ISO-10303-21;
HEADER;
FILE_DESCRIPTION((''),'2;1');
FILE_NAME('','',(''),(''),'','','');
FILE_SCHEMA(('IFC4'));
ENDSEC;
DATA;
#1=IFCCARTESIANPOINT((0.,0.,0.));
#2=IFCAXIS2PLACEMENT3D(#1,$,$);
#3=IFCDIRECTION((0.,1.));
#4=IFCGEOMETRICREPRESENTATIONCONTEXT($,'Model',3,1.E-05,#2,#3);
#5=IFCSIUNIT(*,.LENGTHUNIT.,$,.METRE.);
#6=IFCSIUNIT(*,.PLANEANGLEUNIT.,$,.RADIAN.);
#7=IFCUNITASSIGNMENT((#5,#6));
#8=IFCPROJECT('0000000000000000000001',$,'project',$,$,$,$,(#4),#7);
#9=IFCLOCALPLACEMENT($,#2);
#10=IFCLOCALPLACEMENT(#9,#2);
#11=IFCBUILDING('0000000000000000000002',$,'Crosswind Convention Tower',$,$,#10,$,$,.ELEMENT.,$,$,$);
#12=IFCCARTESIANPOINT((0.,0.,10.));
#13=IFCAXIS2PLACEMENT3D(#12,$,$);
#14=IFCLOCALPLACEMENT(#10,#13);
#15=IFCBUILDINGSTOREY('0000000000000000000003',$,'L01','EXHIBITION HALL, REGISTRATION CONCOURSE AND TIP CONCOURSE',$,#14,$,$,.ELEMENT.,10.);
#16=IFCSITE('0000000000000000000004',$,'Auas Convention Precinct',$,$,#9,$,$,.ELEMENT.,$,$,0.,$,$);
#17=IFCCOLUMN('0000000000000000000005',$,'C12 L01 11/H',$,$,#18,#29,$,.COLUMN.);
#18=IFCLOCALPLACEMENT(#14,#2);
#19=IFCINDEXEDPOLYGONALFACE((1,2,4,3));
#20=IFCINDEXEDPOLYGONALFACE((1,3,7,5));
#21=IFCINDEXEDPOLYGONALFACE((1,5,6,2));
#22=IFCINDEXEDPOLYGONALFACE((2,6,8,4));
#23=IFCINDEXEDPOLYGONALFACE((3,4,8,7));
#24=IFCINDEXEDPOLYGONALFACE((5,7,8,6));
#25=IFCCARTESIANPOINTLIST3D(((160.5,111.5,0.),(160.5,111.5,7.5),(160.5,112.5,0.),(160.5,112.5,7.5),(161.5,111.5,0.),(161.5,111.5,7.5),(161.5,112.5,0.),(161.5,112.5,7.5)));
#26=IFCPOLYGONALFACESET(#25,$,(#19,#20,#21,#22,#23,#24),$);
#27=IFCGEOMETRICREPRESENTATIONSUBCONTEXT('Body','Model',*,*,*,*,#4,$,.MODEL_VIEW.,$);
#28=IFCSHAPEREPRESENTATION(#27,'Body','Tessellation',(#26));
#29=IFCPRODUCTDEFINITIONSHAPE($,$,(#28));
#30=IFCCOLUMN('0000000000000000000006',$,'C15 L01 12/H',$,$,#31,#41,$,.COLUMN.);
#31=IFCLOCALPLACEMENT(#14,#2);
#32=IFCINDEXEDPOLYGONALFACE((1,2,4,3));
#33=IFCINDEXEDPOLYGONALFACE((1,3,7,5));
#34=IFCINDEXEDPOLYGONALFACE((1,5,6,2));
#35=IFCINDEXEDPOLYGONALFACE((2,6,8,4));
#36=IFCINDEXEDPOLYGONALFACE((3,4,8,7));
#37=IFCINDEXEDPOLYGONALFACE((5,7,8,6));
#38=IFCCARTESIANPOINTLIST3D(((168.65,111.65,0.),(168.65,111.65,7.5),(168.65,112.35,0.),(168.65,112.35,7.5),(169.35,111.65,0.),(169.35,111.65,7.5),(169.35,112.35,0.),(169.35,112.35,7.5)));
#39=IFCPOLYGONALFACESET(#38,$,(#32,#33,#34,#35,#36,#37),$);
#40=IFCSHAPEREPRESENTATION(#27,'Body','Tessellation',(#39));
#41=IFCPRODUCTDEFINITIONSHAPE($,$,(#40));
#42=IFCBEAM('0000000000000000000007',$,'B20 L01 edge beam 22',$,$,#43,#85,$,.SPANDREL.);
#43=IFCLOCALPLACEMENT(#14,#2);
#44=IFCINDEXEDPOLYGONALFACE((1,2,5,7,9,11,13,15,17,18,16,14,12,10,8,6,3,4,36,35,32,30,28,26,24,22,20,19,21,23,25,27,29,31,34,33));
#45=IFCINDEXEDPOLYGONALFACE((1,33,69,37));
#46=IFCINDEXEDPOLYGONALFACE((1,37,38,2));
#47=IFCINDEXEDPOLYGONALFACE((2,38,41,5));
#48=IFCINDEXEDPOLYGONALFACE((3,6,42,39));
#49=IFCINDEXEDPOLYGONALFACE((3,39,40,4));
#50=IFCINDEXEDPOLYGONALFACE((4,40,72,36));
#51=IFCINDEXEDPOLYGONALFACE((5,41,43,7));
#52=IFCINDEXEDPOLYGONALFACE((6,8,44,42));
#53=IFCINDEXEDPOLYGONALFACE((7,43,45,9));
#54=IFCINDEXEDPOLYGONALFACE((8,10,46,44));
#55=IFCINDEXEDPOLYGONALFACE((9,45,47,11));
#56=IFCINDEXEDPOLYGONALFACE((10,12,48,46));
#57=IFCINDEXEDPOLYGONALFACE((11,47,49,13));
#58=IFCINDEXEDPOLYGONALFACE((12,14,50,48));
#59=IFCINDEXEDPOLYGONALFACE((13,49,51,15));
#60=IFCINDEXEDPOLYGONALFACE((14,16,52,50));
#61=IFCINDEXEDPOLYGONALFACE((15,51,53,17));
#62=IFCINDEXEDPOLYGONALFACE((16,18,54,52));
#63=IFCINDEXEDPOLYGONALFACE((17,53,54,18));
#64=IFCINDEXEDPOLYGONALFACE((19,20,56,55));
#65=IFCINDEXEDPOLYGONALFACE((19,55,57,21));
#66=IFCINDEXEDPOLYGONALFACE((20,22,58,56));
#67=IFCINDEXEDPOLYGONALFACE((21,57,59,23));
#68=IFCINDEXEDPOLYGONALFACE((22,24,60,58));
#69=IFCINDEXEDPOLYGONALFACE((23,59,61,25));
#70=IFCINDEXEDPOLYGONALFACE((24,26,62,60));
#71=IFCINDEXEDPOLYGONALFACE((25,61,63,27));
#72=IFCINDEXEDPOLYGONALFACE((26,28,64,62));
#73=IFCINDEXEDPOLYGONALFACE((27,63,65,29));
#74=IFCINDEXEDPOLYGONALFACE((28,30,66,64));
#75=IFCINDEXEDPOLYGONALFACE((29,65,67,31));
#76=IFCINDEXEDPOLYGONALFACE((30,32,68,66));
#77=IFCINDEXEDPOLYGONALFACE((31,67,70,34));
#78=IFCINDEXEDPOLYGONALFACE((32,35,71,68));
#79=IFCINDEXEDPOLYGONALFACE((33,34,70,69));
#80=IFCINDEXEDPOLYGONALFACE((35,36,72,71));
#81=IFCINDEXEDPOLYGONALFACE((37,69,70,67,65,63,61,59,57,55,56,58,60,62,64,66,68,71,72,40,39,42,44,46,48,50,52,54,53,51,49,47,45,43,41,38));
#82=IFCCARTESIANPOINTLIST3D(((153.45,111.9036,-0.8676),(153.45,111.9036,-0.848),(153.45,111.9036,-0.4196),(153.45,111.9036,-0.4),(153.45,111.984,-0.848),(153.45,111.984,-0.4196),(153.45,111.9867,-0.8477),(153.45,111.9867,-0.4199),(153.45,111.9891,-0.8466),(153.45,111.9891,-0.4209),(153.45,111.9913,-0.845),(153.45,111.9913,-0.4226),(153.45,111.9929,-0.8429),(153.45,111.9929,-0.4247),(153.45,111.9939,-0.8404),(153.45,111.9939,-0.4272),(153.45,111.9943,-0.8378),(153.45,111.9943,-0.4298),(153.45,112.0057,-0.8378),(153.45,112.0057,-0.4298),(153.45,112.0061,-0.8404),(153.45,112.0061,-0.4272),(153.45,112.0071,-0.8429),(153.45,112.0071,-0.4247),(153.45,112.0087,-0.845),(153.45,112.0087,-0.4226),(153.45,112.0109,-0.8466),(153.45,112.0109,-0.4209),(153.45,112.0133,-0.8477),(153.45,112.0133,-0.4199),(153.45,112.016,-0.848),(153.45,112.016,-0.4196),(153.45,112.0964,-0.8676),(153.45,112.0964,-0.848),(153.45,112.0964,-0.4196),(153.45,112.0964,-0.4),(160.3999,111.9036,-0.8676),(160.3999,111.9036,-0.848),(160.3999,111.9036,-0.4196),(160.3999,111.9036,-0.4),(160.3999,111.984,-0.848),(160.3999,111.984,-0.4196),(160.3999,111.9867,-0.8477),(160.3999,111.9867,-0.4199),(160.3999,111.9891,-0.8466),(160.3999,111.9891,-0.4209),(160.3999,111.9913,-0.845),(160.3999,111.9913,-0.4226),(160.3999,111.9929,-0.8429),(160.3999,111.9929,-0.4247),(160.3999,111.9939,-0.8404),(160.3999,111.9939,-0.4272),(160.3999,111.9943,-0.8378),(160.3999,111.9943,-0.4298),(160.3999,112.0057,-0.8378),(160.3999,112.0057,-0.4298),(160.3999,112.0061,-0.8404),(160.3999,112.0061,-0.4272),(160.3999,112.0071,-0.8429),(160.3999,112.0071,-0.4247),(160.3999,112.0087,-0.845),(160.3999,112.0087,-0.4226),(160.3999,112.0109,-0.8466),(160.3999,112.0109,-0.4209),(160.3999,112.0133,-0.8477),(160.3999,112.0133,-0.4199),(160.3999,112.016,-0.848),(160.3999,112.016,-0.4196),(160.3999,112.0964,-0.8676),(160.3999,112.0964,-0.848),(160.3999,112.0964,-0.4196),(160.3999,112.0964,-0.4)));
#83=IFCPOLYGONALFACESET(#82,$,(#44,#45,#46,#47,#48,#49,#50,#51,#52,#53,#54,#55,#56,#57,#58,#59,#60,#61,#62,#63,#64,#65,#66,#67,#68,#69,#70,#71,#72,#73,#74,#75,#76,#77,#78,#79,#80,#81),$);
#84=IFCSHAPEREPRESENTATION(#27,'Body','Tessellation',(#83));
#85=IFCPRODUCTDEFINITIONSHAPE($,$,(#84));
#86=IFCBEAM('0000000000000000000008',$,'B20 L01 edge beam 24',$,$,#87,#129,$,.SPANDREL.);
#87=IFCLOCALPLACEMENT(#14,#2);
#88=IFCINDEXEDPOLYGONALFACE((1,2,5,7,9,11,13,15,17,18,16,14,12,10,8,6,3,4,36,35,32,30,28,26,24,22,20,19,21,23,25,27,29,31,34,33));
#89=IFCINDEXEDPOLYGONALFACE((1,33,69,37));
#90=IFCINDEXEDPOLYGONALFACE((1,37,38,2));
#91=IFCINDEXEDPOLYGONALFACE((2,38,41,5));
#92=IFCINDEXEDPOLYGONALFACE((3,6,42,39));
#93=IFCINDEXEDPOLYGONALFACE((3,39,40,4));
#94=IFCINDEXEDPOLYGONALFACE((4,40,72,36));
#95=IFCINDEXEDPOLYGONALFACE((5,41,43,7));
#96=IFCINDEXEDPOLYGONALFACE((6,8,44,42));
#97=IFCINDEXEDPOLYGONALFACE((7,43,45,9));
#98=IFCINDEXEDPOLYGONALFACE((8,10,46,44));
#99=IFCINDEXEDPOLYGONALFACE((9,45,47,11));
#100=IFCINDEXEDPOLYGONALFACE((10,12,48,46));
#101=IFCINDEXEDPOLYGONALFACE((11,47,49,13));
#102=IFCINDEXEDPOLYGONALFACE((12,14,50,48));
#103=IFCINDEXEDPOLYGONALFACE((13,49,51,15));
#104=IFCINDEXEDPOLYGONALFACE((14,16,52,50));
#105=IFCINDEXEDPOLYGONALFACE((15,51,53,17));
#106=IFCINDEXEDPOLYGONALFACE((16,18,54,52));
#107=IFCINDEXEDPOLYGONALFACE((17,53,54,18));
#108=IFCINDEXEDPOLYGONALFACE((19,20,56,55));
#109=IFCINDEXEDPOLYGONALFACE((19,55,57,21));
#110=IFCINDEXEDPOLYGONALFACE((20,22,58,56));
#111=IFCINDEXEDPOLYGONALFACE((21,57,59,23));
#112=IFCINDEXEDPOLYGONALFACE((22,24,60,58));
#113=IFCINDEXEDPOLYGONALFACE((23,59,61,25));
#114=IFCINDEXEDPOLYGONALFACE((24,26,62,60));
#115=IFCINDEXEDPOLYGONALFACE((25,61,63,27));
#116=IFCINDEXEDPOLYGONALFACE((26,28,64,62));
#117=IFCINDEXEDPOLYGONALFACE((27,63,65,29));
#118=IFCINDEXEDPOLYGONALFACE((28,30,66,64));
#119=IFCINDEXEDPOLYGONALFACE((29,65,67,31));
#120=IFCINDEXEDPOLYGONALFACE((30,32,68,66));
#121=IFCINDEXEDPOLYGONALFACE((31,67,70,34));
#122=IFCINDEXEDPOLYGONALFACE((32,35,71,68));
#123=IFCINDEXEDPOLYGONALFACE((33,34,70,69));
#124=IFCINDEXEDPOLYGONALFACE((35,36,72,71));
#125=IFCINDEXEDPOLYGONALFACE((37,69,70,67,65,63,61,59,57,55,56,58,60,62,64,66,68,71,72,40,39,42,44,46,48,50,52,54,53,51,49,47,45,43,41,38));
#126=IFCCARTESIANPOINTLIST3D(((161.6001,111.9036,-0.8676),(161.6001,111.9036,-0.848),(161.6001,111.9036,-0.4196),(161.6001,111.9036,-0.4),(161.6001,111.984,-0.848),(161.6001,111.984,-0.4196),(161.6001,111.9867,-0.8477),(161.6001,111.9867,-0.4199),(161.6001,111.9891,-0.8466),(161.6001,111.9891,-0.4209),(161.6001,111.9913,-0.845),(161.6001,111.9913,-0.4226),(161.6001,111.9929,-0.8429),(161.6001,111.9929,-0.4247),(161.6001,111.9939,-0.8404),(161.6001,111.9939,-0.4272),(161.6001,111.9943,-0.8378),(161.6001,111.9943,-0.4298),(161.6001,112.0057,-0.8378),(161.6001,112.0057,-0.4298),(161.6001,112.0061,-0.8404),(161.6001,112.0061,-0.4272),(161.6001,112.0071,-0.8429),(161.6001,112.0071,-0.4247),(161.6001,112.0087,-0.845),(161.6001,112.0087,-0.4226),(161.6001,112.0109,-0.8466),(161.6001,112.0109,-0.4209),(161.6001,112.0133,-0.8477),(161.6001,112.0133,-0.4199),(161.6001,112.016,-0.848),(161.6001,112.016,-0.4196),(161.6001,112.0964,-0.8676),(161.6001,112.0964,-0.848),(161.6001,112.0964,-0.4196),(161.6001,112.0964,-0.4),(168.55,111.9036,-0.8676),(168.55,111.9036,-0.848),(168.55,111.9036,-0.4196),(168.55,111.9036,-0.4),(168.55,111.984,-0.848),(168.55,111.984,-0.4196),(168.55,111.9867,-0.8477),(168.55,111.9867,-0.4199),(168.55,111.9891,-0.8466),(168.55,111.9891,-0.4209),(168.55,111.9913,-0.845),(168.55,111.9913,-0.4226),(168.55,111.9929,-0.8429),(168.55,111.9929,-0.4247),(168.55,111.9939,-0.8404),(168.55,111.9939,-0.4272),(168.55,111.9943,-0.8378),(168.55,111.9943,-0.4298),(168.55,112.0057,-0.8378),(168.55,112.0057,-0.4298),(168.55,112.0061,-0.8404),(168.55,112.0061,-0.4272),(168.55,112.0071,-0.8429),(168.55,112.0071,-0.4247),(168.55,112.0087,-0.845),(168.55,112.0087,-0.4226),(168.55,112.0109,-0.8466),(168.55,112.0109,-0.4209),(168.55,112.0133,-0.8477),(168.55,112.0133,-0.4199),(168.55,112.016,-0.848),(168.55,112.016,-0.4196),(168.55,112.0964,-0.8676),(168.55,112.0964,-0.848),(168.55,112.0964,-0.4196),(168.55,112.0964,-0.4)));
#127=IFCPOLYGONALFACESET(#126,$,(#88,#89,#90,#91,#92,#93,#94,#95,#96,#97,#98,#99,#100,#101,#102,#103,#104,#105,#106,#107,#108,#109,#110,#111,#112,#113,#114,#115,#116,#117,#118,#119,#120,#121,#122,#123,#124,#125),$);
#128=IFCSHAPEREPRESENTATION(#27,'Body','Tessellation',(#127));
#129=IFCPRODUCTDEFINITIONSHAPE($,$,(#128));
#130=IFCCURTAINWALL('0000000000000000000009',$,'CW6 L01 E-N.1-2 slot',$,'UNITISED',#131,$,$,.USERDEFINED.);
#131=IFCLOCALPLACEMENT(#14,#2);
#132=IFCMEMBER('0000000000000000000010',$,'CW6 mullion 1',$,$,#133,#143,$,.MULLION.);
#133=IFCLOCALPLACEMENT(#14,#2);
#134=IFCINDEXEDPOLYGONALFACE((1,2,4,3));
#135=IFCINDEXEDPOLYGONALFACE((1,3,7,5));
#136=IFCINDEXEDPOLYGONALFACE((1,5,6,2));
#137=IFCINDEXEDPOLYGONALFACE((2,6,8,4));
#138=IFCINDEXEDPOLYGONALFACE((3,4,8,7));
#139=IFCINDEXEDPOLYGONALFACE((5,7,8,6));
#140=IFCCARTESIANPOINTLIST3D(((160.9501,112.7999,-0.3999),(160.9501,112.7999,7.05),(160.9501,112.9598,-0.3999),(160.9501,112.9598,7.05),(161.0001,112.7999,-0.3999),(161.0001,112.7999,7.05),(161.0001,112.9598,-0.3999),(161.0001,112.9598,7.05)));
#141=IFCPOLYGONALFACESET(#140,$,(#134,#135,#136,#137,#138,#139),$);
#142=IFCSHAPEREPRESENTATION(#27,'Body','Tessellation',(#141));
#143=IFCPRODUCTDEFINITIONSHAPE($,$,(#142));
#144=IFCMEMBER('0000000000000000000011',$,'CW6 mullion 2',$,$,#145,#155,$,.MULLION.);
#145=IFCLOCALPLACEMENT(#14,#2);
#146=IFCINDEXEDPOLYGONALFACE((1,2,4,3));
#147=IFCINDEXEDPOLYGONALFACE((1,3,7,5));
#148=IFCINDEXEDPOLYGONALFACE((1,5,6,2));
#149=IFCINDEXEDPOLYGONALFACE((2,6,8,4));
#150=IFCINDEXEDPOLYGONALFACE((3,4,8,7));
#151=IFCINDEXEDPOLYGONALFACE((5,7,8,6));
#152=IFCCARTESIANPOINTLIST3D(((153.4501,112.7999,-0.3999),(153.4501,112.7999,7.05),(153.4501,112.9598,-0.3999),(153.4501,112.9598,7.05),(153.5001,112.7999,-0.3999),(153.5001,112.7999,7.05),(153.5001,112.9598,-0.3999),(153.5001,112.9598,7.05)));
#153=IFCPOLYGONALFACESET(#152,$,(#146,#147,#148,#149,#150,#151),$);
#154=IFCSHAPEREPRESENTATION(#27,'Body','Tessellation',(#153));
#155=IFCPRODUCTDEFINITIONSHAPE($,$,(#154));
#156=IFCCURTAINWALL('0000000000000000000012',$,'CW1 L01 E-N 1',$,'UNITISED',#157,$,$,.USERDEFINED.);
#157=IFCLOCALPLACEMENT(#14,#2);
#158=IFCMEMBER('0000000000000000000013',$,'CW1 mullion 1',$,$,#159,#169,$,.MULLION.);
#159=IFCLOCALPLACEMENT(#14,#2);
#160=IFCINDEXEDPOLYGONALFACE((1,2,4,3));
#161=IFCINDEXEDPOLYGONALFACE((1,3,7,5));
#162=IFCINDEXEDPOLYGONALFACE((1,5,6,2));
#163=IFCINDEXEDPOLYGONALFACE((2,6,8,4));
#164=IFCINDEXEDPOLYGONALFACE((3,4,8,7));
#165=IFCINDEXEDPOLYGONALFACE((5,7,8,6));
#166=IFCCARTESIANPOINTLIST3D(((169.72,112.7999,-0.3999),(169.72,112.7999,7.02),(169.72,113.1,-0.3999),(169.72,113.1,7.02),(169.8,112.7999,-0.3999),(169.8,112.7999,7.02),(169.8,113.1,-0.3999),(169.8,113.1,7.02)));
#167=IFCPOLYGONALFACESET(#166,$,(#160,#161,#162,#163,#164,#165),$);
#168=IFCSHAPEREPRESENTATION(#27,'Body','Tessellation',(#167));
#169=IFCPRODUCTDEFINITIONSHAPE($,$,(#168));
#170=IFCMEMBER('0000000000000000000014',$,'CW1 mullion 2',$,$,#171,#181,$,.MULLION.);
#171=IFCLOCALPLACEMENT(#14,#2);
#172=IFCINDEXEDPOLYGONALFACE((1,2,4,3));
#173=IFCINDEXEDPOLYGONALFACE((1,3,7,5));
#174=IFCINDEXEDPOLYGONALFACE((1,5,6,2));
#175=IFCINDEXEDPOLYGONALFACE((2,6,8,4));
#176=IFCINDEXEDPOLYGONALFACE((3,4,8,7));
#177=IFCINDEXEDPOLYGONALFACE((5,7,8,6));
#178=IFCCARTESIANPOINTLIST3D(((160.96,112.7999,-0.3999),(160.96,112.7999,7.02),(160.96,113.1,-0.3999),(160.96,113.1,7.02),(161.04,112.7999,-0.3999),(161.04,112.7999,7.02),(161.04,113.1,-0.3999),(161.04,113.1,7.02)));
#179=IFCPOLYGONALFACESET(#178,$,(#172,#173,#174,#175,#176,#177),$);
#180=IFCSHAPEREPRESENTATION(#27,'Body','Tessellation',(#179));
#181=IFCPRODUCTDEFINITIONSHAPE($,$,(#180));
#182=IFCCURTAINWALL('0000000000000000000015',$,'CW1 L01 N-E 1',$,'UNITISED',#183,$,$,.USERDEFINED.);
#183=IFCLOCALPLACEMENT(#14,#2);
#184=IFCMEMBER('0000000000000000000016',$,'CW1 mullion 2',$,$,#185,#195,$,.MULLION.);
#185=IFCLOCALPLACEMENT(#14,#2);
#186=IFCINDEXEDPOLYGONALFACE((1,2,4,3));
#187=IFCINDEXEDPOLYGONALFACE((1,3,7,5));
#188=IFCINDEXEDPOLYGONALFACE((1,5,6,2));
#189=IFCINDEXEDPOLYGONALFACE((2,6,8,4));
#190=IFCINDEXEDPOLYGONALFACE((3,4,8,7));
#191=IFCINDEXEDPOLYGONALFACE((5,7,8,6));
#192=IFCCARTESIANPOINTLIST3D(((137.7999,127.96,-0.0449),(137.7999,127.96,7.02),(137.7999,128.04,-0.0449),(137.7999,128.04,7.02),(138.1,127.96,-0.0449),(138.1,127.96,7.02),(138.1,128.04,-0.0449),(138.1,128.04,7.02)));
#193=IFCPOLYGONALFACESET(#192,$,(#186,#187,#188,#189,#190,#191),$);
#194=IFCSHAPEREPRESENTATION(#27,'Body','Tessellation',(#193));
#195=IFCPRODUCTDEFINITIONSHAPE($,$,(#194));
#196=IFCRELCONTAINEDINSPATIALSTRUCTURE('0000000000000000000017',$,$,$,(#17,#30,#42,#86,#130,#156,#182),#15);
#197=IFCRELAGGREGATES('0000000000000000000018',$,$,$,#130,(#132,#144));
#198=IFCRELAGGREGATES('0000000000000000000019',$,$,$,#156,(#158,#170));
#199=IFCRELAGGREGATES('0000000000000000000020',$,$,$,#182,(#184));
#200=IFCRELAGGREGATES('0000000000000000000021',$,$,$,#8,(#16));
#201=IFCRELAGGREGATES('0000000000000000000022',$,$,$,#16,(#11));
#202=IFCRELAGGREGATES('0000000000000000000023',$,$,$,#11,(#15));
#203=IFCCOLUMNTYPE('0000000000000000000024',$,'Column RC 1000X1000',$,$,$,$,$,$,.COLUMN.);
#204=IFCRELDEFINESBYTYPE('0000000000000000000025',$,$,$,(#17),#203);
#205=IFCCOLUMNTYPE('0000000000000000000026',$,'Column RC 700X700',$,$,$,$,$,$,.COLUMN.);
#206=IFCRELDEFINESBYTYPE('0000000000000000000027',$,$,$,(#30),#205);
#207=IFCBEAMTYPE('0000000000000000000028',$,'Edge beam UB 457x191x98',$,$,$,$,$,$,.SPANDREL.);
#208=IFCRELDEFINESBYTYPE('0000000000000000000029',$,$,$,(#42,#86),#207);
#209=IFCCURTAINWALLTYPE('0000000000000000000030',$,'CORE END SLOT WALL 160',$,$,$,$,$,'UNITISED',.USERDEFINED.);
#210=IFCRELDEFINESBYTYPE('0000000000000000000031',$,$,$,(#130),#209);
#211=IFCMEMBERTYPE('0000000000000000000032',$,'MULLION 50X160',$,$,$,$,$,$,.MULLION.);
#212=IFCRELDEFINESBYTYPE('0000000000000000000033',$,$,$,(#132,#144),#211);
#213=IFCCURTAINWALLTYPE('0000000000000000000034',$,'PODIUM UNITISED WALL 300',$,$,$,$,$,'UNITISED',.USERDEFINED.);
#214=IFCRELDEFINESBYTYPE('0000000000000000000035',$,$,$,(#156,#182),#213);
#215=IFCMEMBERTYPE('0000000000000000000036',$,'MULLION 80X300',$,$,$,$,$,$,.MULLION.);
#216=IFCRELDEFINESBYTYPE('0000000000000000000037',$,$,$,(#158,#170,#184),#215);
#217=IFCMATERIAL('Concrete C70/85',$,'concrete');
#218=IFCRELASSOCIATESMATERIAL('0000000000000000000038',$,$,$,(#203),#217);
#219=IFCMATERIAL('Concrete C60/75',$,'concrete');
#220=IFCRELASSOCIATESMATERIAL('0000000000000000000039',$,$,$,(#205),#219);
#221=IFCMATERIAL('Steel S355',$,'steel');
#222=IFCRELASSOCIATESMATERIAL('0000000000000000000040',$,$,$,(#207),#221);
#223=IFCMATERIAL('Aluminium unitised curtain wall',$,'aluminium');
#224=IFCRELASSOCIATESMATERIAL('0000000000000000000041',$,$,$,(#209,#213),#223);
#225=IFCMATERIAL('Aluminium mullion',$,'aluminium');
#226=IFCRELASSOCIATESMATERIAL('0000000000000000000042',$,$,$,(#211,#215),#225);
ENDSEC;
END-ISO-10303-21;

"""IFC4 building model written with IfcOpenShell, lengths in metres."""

from ifc_helpers import new_model, si_unit, direction, frame, origin, origin_2d, place, context, subcontext, project, spatial, rectangle, i_section, extrude, material, material_profile, profile_set, type_object, element, aggregate, save


model = new_model("IFC4")

# Units and contexts
model_context = context("Model", 3, precision=1e-05, world=origin(), true_north=direction((0.0, 1.0)))
body_context = subcontext(model_context, "Body", "Model", "MODEL_VIEW")
ifc_project = project(units=[si_unit("LENGTHUNIT", "METRE"), si_unit("PLANEANGLEUNIT", "RADIAN")], contexts=[model_context])

# Site, building, storey
site_placement = place(None, origin())
site = spatial("IfcSite", under=ifc_project, at=site_placement, Name="Auas Convention Precinct", CompositionType="ELEMENT", RefElevation=0.0)
building_placement = place(site_placement, origin())
building = spatial("IfcBuilding", under=site, at=building_placement, Name="Crosswind Convention Tower", CompositionType="ELEMENT")
storey_placement = place(building_placement, frame((0.0, 0.0, 10.0)))
storey = spatial("IfcBuildingStorey", under=building, at=storey_placement, Name="L01", Description="EXHIBITION HALL, REGISTRATION CONCOURSE AND TIP CONCOURSE", CompositionType="ELEMENT", Elevation=10.0)

# Columns
ifc_material_1 = material(Name="Concrete C70/85", Category="concrete")
ifc_material_profile_1 = material_profile(ifc_material_1, rectangle(XDim=1.0, YDim=1.0, at=origin_2d()), Name="RC 1000X1000")
ifc_profile_set_1 = profile_set([ifc_material_profile_1], Name="Concrete C70/85")
column_type_1 = type_object("IfcColumnType", Name="Column RC 1000X1000", PredefinedType="COLUMN", material=ifc_profile_set_1)
column_1_placement = place(storey_placement, frame((161.0, 112.0, 0.0), z_axis=(0.0, 0.0, 1.0), x_axis=(1.0, 0.0, 0.0)))
element("IfcColumn", 1, at=column_1_placement, inside=storey, type_object=column_type_1, Name="C12 L01 11/H", PredefinedType="COLUMN", context=body_context, shape_type="SweptSolid", body=[
    extrude(rectangle(XDim=1.0, YDim=1.0, at=origin_2d()), origin(), (0.0, 0.0, 1.0), 7.5),
])
ifc_material_2 = material(Name="Concrete C60/75", Category="concrete")
ifc_material_profile_2 = material_profile(ifc_material_2, rectangle(XDim=0.7, YDim=0.7, at=origin_2d()), Name="RC 700X700")
ifc_profile_set_2 = profile_set([ifc_material_profile_2], Name="Concrete C60/75")
column_type_2 = type_object("IfcColumnType", Name="Column RC 700X700", PredefinedType="COLUMN", material=ifc_profile_set_2)
column_2_placement = place(storey_placement, frame((169.0, 112.0, 0.0), z_axis=(0.0, 0.0, 1.0), x_axis=(1.0, 0.0, 0.0)))
element("IfcColumn", 2, at=column_2_placement, inside=storey, type_object=column_type_2, Name="C15 L01 12/H", PredefinedType="COLUMN", context=body_context, shape_type="SweptSolid", body=[
    extrude(rectangle(XDim=0.7, YDim=0.7, at=origin_2d()), origin(), (0.0, 0.0, 1.0), 7.5),
])

# Beams
ifc_material_3 = material(Name="Steel S355", Category="steel")
ifc_material_profile_3 = material_profile(ifc_material_3, i_section(OverallWidth=0.1929, OverallDepth=0.4675, WebThickness=0.0115, FlangeThickness=0.0195, FilletRadius=0.0103, at=origin_2d()), Name="UB 457x191x98")
ifc_profile_set_3 = profile_set([ifc_material_profile_3], Name="Steel S355")
beam_type_1 = type_object("IfcBeamType", Name="Edge beam UB 457x191x98", PredefinedType="SPANDREL", material=ifc_profile_set_3)
for number, where, z_axis, x_axis, name in (
    (3, (153.45, 112.0, -0.6338), (1.0, 0.0, 0.0), (0.0, 1.0, 0.0), "B20 L01 edge beam 22"),
    (4, (161.6001, 112.0, -0.6338), (1.0, 0.0, 0.0), (0.0, 1.0, 0.0), "B20 L01 edge beam 24"),
):
    element("IfcBeam", number, at=place(storey_placement, frame(where, z_axis=z_axis, x_axis=x_axis)), inside=storey, type_object=beam_type_1, Name=name, PredefinedType="SPANDREL", context=body_context, shape_type="SweptSolid", body=[
        extrude(i_section(OverallWidth=0.1929, OverallDepth=0.4675, WebThickness=0.0115, FlangeThickness=0.0195, FilletRadius=0.0103, at=origin_2d()), origin(), (0.0, 0.0, 1.0), 6.95),
    ])

# Curtain walls, members
ifc_material_4 = material(Name="Aluminium unitised curtain wall", Category="aluminium")
curtain_wall_type_1 = type_object("IfcCurtainWallType", Name="CORE END SLOT WALL 160", ElementType="UNITISED", PredefinedType="USERDEFINED", material=ifc_material_4)
curtain_wall_1_placement = place(storey_placement, origin())
curtain_wall_1 = element("IfcCurtainWall", 5, at=curtain_wall_1_placement, inside=storey, type_object=curtain_wall_type_1, Name="CW6 L01 E-N.1-2 slot", ObjectType="UNITISED", PredefinedType="USERDEFINED")
ifc_material_5 = material(Name="Aluminium mullion", Category="aluminium")
ifc_material_profile_4 = material_profile(ifc_material_5, rectangle(XDim=0.1599, YDim=0.05, at=origin_2d()), Name="AL 160X50")
ifc_profile_set_4 = profile_set([ifc_material_profile_4], Name="Aluminium mullion")
member_type_1 = type_object("IfcMemberType", Name="MULLION 50X160", PredefinedType="MULLION", material=ifc_profile_set_4)
member_1_placement = place(storey_placement, frame((160.9751, 112.8799, -0.3999), z_axis=(0.0, 0.0, 1.0), x_axis=(0.0, 1.0, 0.0)))
member_1 = element("IfcMember", 6, at=member_1_placement, type_object=member_type_1, Name="CW6 mullion 1", PredefinedType="MULLION", context=body_context, shape_type="SweptSolid", body=[
    extrude(rectangle(XDim=0.1599, YDim=0.05, at=origin_2d()), origin(), (0.0, 0.0, 1.0), 7.45),
])
member_2_placement = place(storey_placement, frame((153.4751, 112.8799, -0.3999), z_axis=(0.0, 0.0, 1.0), x_axis=(0.0, 1.0, 0.0)))
member_2 = element("IfcMember", 7, at=member_2_placement, type_object=member_type_1, Name="CW6 mullion 2", PredefinedType="MULLION", context=body_context, shape_type="SweptSolid", body=[
    extrude(rectangle(XDim=0.1599, YDim=0.05, at=origin_2d()), origin(), (0.0, 0.0, 1.0), 7.45),
])
curtain_wall_type_2 = type_object("IfcCurtainWallType", Name="PODIUM UNITISED WALL 300", ElementType="UNITISED", PredefinedType="USERDEFINED", material=ifc_material_4)
curtain_wall_2_placement = place(storey_placement, origin())
curtain_wall_2 = element("IfcCurtainWall", 8, at=curtain_wall_2_placement, inside=storey, type_object=curtain_wall_type_2, Name="CW1 L01 E-N 1", ObjectType="UNITISED", PredefinedType="USERDEFINED")
ifc_material_profile_5 = material_profile(ifc_material_5, rectangle(XDim=0.3, YDim=0.0801, at=origin_2d()), Name="AL 300X80")
ifc_profile_set_5 = profile_set([ifc_material_profile_5], Name="Aluminium mullion")
member_type_2 = type_object("IfcMemberType", Name="MULLION 80X300", PredefinedType="MULLION", material=ifc_profile_set_5)
member_3_placement = place(storey_placement, frame((169.76, 112.95, -0.3999), z_axis=(0.0, 0.0, 1.0), x_axis=(0.0, 1.0, 0.0)))
member_3 = element("IfcMember", 9, at=member_3_placement, type_object=member_type_2, Name="CW1 mullion 1", PredefinedType="MULLION", context=body_context, shape_type="SweptSolid", body=[
    extrude(rectangle(XDim=0.3, YDim=0.0801, at=origin_2d()), origin(), (0.0, 0.0, 1.0), 7.4199),
])
member_4_placement = place(storey_placement, frame((161.0, 112.95, -0.3999), z_axis=(0.0, 0.0, 1.0), x_axis=(0.0, 1.0, 0.0)))
member_4 = element("IfcMember", 10, at=member_4_placement, type_object=member_type_2, Name="CW1 mullion 2", PredefinedType="MULLION", context=body_context, shape_type="SweptSolid", body=[
    extrude(rectangle(XDim=0.3, YDim=0.0801, at=origin_2d()), origin(), (0.0, 0.0, 1.0), 7.4199),
])
curtain_wall_3_placement = place(storey_placement, origin())
curtain_wall_3 = element("IfcCurtainWall", 11, at=curtain_wall_3_placement, inside=storey, type_object=curtain_wall_type_2, Name="CW1 L01 N-E 1", ObjectType="UNITISED", PredefinedType="USERDEFINED")
member_5_placement = place(storey_placement, frame((137.95, 128.0, -0.0449), z_axis=(0.0, 0.0, 1.0), x_axis=(1.0, 0.0, 0.0)))
member_5 = element("IfcMember", 12, at=member_5_placement, type_object=member_type_2, Name="CW1 mullion 2", PredefinedType="MULLION", context=body_context, shape_type="SweptSolid", body=[
    extrude(rectangle(XDim=0.3, YDim=0.0801, at=origin_2d()), origin(), (0.0, 0.0, 1.0), 7.0649),
])

aggregate(curtain_wall_1, [member_1, member_2])

aggregate(curtain_wall_2, [member_3, member_4])
aggregate(curtain_wall_3, [member_5])

save(model, "model.ifc")
